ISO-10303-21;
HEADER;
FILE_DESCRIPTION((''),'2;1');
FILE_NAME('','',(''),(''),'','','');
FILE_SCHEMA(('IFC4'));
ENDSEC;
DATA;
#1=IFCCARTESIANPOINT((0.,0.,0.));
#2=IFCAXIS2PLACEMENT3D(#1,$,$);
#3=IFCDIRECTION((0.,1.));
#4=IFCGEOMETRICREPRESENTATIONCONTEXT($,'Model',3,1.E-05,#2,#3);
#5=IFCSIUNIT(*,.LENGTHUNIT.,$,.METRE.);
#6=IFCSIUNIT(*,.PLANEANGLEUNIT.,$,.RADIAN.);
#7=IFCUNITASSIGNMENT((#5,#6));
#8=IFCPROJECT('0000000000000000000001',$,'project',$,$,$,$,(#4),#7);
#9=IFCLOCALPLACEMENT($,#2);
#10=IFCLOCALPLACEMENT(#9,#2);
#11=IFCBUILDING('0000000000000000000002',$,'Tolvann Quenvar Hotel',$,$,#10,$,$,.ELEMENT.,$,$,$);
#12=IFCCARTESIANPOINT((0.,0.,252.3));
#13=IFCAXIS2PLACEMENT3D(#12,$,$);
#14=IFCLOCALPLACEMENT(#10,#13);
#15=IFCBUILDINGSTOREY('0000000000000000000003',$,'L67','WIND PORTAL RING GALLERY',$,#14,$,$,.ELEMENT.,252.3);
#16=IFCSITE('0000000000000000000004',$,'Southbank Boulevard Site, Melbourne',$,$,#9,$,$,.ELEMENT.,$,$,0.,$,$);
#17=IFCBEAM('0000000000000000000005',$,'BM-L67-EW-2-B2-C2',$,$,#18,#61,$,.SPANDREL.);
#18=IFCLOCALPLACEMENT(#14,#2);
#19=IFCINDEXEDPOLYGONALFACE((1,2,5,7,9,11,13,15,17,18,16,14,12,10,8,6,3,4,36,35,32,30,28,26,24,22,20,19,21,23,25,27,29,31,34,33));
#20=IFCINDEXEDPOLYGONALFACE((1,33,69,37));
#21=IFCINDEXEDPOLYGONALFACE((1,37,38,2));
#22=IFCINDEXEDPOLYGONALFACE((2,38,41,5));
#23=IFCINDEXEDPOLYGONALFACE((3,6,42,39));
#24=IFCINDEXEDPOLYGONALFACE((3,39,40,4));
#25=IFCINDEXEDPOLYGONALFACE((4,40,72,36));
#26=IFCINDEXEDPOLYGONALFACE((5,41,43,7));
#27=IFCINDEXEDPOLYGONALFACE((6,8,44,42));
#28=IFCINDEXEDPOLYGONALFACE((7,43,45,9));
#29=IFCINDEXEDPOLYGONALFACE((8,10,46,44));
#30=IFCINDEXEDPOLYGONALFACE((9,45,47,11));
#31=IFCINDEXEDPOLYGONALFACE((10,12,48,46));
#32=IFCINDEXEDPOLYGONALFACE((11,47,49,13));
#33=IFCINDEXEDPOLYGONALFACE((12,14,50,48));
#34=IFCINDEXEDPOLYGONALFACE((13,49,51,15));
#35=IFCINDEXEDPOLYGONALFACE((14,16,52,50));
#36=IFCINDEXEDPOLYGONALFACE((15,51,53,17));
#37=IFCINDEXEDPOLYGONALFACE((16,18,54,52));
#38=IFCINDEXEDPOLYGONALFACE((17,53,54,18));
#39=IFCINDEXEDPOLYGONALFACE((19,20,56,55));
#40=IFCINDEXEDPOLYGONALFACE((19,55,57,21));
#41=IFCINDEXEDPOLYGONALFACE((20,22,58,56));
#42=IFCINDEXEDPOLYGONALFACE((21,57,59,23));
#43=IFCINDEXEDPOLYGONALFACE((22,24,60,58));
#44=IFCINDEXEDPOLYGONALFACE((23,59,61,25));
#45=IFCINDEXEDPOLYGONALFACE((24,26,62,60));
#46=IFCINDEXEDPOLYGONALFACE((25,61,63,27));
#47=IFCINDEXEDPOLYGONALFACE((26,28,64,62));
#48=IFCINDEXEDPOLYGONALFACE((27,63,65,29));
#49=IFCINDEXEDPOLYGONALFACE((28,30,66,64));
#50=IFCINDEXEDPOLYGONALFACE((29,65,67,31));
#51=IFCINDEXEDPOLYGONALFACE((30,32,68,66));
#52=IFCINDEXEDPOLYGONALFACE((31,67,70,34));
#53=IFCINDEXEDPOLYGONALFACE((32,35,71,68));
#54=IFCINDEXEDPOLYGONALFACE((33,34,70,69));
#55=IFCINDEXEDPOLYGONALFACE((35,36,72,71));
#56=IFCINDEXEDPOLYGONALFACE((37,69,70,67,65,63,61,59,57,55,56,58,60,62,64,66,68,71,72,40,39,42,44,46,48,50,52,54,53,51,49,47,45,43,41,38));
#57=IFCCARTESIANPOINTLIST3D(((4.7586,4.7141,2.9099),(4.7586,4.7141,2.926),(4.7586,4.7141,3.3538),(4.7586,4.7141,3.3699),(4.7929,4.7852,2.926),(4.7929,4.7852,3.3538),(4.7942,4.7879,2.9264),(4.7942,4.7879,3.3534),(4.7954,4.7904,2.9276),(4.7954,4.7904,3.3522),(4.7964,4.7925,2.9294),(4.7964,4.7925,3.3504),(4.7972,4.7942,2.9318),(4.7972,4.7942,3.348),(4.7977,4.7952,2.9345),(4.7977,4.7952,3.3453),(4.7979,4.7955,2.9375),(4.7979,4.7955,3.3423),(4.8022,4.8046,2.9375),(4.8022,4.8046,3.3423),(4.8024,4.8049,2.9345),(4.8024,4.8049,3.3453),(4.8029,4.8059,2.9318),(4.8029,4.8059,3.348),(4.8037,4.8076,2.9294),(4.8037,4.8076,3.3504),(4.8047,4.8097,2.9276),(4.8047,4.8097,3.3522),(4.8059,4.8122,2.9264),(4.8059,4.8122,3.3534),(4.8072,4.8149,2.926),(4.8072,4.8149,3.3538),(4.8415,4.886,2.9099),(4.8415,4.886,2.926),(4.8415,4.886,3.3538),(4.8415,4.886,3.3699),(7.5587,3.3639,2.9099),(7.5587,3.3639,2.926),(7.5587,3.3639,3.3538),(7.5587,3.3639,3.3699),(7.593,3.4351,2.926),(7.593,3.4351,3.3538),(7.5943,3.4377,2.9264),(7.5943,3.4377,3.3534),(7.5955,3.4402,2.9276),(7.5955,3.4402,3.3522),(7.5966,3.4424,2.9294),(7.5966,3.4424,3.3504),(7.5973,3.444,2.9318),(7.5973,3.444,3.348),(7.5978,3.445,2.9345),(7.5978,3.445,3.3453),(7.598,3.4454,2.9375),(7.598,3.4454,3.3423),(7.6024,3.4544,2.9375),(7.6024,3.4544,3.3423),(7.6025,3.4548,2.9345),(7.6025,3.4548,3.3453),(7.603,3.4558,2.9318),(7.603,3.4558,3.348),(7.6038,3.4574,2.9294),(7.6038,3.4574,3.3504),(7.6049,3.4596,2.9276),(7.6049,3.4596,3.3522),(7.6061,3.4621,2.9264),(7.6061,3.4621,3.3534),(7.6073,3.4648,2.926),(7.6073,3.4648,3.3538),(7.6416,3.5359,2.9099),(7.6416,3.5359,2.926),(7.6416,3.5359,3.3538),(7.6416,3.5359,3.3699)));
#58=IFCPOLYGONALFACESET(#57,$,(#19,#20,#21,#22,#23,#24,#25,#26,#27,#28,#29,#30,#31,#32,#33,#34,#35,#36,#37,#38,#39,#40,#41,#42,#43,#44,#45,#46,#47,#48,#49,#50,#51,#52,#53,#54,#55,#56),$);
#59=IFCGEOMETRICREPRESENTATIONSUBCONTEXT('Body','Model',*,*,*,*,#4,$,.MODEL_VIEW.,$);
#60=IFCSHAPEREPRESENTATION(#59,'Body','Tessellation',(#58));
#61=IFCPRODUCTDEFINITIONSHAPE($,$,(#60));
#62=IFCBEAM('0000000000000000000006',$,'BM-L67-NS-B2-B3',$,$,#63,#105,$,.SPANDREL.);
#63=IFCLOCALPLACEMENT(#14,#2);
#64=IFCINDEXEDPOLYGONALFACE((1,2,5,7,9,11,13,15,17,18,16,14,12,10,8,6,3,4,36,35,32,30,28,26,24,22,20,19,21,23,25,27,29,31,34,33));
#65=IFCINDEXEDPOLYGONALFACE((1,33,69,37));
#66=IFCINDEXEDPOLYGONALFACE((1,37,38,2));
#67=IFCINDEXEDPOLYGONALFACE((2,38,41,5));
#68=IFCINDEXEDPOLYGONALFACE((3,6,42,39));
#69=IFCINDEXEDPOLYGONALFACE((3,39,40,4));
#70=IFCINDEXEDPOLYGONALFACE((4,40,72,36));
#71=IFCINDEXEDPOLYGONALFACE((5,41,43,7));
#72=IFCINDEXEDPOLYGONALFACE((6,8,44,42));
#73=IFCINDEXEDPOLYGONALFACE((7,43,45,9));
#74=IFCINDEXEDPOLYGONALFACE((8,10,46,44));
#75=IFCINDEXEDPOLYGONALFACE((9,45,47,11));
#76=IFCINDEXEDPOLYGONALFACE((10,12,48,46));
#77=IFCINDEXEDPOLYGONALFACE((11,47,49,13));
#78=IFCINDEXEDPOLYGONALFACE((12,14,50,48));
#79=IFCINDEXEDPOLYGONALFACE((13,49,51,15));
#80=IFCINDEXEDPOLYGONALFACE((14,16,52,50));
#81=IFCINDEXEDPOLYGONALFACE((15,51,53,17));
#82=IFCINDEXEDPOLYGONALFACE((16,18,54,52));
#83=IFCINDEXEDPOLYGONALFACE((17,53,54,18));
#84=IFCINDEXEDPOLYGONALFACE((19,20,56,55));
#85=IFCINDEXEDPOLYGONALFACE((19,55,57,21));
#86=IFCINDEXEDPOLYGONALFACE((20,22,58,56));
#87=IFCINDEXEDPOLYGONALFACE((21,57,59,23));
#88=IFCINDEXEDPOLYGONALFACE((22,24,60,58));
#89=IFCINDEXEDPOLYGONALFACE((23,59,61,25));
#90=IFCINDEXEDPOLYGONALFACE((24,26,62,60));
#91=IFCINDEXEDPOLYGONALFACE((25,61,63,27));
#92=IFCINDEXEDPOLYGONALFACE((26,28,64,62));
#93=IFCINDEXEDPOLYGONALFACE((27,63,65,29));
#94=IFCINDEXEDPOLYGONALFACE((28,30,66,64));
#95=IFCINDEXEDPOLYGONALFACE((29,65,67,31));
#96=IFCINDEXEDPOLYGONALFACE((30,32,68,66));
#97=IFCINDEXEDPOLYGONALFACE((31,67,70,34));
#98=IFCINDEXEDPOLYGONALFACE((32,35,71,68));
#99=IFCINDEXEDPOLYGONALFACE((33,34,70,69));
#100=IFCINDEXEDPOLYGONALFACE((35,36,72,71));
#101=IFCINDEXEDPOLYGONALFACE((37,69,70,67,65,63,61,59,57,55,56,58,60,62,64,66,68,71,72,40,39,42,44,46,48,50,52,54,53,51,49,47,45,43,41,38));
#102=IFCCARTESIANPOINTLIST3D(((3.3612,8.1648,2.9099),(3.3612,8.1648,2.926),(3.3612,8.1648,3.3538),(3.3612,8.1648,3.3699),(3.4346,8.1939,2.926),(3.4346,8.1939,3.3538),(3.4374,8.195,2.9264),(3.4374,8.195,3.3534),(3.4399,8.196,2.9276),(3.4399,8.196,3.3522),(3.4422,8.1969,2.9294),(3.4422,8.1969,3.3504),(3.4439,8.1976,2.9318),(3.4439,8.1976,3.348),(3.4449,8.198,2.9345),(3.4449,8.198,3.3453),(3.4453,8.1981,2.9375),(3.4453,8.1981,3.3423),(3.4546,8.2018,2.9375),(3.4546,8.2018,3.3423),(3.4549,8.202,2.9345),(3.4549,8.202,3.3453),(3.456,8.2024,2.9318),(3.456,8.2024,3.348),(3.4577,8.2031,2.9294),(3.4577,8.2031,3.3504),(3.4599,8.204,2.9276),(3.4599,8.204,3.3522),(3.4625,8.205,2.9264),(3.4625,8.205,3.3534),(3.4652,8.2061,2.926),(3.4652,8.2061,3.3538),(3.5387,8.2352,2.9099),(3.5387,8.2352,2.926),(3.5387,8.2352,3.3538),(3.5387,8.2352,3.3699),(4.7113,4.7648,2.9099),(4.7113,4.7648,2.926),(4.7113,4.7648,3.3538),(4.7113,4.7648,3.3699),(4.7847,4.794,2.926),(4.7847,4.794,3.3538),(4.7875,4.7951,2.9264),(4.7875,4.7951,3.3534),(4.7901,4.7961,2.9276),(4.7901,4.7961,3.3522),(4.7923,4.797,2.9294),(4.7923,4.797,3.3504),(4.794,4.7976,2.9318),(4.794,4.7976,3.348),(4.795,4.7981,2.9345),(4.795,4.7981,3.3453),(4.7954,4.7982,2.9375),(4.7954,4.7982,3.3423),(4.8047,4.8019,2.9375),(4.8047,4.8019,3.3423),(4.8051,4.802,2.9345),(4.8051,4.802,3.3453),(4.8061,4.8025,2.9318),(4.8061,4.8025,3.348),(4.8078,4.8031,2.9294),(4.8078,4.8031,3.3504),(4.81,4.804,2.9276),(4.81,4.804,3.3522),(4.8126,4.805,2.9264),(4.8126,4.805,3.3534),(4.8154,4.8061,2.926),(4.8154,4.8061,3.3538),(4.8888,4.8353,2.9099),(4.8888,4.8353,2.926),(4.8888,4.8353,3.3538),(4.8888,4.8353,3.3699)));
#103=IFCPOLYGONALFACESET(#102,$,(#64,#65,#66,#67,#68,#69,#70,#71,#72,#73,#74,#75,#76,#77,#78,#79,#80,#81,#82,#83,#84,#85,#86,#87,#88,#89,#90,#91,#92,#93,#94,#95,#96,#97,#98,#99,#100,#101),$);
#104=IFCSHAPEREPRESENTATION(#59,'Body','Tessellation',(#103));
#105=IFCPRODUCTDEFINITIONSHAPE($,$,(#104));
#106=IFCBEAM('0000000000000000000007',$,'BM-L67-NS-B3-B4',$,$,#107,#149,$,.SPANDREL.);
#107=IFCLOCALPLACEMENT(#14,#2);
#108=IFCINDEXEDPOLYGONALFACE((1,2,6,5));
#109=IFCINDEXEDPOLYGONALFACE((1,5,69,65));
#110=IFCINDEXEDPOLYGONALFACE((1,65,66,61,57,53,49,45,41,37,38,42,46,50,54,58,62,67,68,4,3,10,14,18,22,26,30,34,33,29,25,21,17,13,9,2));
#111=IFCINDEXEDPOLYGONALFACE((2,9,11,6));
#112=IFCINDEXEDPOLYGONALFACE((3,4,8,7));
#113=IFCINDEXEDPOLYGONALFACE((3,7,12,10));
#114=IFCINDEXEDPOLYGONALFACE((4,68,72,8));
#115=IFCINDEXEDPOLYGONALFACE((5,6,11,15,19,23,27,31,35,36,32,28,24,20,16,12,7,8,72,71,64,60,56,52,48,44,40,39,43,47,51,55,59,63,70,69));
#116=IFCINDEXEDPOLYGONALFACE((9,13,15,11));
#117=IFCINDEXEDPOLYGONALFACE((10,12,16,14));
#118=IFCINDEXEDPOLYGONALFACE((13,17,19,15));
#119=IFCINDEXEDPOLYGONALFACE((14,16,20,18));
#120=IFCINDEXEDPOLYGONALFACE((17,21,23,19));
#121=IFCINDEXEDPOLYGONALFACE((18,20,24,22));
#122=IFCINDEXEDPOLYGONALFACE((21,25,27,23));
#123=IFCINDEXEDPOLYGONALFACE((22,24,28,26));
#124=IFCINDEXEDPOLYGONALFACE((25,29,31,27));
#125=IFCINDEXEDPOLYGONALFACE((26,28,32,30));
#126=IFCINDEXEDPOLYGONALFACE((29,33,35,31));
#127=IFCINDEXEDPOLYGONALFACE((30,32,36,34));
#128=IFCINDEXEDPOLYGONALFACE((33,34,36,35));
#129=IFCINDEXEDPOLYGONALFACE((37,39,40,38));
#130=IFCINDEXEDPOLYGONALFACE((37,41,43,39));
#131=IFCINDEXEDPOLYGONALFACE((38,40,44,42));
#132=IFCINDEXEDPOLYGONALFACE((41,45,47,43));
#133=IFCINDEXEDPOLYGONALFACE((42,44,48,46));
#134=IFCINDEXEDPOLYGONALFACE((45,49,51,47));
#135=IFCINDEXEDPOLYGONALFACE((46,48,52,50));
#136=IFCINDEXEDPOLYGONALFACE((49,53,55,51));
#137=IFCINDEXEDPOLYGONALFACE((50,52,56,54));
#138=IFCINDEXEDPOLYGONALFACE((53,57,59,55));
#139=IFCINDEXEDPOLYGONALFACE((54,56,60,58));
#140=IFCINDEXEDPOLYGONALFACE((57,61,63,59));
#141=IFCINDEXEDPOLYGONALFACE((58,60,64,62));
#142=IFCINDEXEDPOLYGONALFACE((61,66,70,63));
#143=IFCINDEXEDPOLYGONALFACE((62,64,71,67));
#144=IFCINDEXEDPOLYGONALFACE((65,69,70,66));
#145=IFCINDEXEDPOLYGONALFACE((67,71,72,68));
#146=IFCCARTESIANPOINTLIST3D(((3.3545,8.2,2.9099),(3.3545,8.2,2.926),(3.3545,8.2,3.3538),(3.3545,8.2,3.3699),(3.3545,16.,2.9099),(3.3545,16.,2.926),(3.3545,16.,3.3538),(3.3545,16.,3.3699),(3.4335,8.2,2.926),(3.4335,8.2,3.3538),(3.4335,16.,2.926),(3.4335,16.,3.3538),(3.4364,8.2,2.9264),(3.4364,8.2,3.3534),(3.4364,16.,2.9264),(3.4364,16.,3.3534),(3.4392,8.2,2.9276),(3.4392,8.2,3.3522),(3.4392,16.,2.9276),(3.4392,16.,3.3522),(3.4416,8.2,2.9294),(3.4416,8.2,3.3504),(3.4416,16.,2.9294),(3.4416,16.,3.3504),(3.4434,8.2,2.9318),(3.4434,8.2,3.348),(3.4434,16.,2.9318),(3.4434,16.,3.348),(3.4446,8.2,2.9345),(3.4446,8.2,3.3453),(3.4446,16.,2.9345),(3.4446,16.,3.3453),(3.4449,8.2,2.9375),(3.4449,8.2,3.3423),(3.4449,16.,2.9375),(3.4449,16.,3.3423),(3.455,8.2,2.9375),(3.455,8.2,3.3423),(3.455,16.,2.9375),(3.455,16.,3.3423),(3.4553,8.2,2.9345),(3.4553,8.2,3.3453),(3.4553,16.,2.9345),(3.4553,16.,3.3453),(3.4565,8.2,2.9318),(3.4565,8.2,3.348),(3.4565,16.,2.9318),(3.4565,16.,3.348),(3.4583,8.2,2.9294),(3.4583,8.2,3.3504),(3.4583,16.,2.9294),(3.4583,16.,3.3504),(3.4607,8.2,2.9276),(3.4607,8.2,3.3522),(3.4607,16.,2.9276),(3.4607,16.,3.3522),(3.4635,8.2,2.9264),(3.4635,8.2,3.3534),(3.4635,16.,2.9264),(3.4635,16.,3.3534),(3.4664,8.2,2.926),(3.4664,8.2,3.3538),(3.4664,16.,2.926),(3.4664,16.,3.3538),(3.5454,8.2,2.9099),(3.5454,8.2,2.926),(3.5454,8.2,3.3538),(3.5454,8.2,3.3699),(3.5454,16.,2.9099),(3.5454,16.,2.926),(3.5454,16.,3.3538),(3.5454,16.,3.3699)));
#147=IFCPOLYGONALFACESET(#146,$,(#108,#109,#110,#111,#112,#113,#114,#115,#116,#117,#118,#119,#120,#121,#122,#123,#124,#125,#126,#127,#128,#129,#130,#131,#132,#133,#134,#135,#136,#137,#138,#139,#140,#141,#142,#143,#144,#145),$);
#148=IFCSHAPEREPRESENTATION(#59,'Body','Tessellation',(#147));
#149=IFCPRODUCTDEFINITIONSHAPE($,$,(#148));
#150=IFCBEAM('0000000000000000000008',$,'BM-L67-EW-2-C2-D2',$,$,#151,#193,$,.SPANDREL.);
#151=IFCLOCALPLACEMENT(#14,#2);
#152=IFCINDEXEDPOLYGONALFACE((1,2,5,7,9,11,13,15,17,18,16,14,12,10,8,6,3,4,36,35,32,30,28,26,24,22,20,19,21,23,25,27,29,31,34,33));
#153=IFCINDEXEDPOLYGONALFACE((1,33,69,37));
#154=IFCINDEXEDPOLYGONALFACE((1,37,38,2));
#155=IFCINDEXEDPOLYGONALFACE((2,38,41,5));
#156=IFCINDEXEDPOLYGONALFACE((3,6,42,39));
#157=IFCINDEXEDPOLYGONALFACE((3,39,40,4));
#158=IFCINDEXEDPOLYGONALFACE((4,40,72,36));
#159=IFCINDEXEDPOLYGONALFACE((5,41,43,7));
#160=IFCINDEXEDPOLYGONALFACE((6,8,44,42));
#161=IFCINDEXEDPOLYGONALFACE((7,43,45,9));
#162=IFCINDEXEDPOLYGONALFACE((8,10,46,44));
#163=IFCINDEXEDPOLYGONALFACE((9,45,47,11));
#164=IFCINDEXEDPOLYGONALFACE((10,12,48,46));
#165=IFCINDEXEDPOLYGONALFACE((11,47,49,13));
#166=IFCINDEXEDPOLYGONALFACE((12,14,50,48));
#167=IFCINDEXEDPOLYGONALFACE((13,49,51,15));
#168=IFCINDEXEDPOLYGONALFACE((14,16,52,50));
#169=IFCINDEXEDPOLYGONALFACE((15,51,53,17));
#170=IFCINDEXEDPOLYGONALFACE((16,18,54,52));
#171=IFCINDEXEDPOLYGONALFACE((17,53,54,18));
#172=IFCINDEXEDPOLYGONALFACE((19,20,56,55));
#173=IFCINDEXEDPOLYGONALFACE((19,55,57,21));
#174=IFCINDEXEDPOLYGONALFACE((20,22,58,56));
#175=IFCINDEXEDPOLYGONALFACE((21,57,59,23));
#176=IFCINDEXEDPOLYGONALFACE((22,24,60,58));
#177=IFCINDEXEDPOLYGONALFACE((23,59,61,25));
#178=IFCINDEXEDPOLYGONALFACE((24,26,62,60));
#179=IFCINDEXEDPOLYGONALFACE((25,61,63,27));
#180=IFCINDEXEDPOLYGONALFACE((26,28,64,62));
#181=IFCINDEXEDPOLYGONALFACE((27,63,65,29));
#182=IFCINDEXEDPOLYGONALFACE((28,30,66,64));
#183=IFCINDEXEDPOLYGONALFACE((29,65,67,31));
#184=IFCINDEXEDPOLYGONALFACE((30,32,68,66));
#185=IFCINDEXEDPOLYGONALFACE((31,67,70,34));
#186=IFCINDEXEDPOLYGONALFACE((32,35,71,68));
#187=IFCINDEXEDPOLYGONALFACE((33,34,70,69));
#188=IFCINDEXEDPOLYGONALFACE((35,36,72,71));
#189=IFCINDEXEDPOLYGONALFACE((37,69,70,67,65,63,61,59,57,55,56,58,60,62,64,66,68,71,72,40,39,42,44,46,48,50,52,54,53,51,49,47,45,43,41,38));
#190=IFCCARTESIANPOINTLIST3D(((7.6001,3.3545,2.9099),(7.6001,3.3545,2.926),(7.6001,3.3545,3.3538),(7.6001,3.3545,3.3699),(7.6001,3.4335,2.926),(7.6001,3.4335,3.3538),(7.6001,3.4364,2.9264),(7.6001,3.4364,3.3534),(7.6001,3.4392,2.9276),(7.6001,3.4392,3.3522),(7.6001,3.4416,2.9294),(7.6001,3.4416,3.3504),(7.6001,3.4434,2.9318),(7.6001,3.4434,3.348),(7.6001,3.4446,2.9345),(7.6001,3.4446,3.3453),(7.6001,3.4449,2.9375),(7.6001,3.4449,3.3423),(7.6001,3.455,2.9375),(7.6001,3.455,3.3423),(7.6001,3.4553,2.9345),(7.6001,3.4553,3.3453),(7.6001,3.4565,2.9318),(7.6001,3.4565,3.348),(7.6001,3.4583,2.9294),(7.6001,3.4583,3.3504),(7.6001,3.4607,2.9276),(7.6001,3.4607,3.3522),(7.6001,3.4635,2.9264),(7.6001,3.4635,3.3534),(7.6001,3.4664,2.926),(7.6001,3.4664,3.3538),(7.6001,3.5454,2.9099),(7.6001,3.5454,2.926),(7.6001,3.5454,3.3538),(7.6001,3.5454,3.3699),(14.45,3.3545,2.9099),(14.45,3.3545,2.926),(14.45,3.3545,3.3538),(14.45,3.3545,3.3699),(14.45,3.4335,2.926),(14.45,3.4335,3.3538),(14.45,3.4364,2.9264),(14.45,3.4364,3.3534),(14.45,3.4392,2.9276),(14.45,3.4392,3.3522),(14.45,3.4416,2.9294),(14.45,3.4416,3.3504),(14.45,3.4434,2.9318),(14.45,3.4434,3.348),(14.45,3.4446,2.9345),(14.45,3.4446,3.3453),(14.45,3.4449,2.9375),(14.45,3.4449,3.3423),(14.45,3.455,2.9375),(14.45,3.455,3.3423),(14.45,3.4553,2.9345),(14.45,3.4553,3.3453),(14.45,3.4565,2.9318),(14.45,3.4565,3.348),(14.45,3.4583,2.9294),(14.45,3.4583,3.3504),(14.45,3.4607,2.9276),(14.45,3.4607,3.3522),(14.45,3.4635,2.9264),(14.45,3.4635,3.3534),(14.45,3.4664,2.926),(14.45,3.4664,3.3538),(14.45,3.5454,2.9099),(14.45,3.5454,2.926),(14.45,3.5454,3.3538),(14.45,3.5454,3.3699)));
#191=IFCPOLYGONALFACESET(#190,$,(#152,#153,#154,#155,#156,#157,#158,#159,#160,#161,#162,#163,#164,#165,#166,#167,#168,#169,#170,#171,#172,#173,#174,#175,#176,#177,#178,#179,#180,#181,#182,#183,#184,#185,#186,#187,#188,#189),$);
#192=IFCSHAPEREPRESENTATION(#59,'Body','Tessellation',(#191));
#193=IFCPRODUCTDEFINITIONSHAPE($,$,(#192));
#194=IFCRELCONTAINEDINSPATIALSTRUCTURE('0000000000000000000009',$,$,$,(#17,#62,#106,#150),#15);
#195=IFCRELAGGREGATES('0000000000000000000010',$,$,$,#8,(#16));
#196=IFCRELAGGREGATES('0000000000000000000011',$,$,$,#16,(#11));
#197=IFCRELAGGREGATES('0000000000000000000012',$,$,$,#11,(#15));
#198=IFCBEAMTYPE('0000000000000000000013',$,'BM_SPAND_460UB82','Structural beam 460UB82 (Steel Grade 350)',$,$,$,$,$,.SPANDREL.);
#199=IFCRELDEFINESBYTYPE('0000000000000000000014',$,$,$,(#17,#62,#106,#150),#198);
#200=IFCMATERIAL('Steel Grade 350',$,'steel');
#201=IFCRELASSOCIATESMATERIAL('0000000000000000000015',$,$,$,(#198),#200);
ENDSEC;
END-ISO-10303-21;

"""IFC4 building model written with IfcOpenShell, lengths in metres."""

from ifc_helpers import new_model, si_unit, direction, frame, origin, origin_2d, place, context, subcontext, project, spatial, i_section, extrude, source, transform, mapped, material, material_profile, profile_set, type_object, type_shapes, element, save


model = new_model("IFC4")

# Units and contexts
model_context = context("Model", 3, precision=1e-05, world=origin(), true_north=direction((0.0, 1.0)))
body_context = subcontext(model_context, "Body", "Model", "MODEL_VIEW")
ifc_project = project(units=[si_unit("LENGTHUNIT", "METRE"), si_unit("PLANEANGLEUNIT", "RADIAN")], contexts=[model_context])

# Site, building, storey
site_placement = place(None, origin())
site = spatial("IfcSite", under=ifc_project, at=site_placement, Name="Southbank Boulevard Site, Melbourne", CompositionType="ELEMENT", RefElevation=0.0)
building_placement = place(site_placement, origin())
building = spatial("IfcBuilding", under=site, at=building_placement, Name="Tolvann Quenvar Hotel", CompositionType="ELEMENT")
storey_placement = place(building_placement, frame((0.0, 0.0, 252.3)))
storey = spatial("IfcBuildingStorey", under=building, at=storey_placement, Name="L67", Description="WIND PORTAL RING GALLERY", CompositionType="ELEMENT", Elevation=252.3)

# Shared definitions
ifc_material_1 = material(Name="Steel Grade 350", Category="steel")

# Beams
ifc_material_profile_1 = material_profile(ifc_material_1, i_section(OverallWidth=0.1909, OverallDepth=0.46, WebThickness=0.01, FlangeThickness=0.0161, FilletRadius=0.0115, at=origin_2d()), Name="460UB82")
ifc_profile_set_1 = profile_set([ifc_material_profile_1], Name="Steel Grade 350")
beam_type_1 = type_object("IfcBeamType", Name="BM_SPAND_460UB82", Description="Structural beam 460UB82 (Steel Grade 350)", PredefinedType="SPANDREL", material=ifc_profile_set_1)
shared_shape_1 = source(origin(), body_context, "Body", "SweptSolid", [
    extrude(i_section(OverallWidth=0.1909, OverallDepth=0.46, WebThickness=0.01, FlangeThickness=0.0161, FilletRadius=0.0115, at=origin_2d()), origin(), (0.0, 0.0, 1.0), 3.1086),
])
beam_1_placement = place(storey_placement, frame((4.8, 4.8, 3.1399), z_axis=(0.900759, -0.434319, 0.0), x_axis=(0.434319, 0.900759, 0.0)))
element("IfcBeam", 1, at=beam_1_placement, inside=storey, type_object=beam_type_1, Name="BM-L67-EW-2-B2-C2", PredefinedType="SPANDREL", context=body_context, shape_type="MappedRepresentation", body=[
    mapped(shared_shape_1, transform((0.0, 0.0, 0.0), x_axis=(1.0, 0.0, 0.0), y_axis=(0.0, 1.0, 0.0), z_axis=(0.0, 0.0, 1.0), scale=1.0)),
])
shared_shape_2 = source(origin(), body_context, "Body", "SweptSolid", [
    extrude(i_section(OverallWidth=0.1909, OverallDepth=0.46, WebThickness=0.01, FlangeThickness=0.0161, FilletRadius=0.0115, at=origin_2d()), origin(), (0.0, 0.0, 1.0), 3.6582),
])
beam_2_placement = place(storey_placement, frame((4.8, 4.8, 3.1399), z_axis=(-0.369065, 0.929404, 0.0), x_axis=(-0.929404, -0.369065, 0.0)))
element("IfcBeam", 2, at=beam_2_placement, inside=storey, type_object=beam_type_1, Name="BM-L67-NS-B2-B3", PredefinedType="SPANDREL", context=body_context, shape_type="MappedRepresentation", body=[
    mapped(shared_shape_2, transform((0.0, 0.0, 0.0), x_axis=(1.0, 0.0, 0.0), y_axis=(0.0, 1.0, 0.0), z_axis=(0.0, 0.0, 1.0), scale=1.0)),
])
shared_shape_3 = source(origin(), body_context, "Body", "SweptSolid", [
    extrude(i_section(OverallWidth=0.1909, OverallDepth=0.46, WebThickness=0.01, FlangeThickness=0.0161, FilletRadius=0.0115, at=origin_2d()), origin(), (0.0, 0.0, 1.0), 7.8),
])
beam_3_placement = place(storey_placement, frame((3.45, 8.2, 3.1399), z_axis=(0.0, 1.0, 0.0), x_axis=(-1.0, 0.0, 0.0)))
element("IfcBeam", 3, at=beam_3_placement, inside=storey, type_object=beam_type_1, Name="BM-L67-NS-B3-B4", PredefinedType="SPANDREL", context=body_context, shape_type="MappedRepresentation", body=[
    mapped(shared_shape_3, transform((0.0, 0.0, 0.0), x_axis=(1.0, 0.0, 0.0), y_axis=(0.0, 1.0, 0.0), z_axis=(0.0, 0.0, 1.0), scale=1.0)),
])
shared_shape_4 = source(origin(), body_context, "Body", "SweptSolid", [
    extrude(i_section(OverallWidth=0.1909, OverallDepth=0.46, WebThickness=0.01, FlangeThickness=0.0161, FilletRadius=0.0115, at=origin_2d()), origin(), (0.0, 0.0, 1.0), 6.8499),
])
type_shapes(beam_type_1, [shared_shape_1, shared_shape_2, shared_shape_3, shared_shape_4])
beam_4_placement = place(storey_placement, frame((7.6001, 3.45, 3.1399), z_axis=(1.0, 0.0, 0.0), x_axis=(0.0, 1.0, 0.0)))
element("IfcBeam", 4, at=beam_4_placement, inside=storey, type_object=beam_type_1, Name="BM-L67-EW-2-C2-D2", PredefinedType="SPANDREL", context=body_context, shape_type="MappedRepresentation", body=[
    mapped(shared_shape_4, transform((0.0, 0.0, 0.0), x_axis=(1.0, 0.0, 0.0), y_axis=(0.0, 1.0, 0.0), z_axis=(0.0, 0.0, 1.0), scale=1.0)),
])

save(model, "model.ifc")
